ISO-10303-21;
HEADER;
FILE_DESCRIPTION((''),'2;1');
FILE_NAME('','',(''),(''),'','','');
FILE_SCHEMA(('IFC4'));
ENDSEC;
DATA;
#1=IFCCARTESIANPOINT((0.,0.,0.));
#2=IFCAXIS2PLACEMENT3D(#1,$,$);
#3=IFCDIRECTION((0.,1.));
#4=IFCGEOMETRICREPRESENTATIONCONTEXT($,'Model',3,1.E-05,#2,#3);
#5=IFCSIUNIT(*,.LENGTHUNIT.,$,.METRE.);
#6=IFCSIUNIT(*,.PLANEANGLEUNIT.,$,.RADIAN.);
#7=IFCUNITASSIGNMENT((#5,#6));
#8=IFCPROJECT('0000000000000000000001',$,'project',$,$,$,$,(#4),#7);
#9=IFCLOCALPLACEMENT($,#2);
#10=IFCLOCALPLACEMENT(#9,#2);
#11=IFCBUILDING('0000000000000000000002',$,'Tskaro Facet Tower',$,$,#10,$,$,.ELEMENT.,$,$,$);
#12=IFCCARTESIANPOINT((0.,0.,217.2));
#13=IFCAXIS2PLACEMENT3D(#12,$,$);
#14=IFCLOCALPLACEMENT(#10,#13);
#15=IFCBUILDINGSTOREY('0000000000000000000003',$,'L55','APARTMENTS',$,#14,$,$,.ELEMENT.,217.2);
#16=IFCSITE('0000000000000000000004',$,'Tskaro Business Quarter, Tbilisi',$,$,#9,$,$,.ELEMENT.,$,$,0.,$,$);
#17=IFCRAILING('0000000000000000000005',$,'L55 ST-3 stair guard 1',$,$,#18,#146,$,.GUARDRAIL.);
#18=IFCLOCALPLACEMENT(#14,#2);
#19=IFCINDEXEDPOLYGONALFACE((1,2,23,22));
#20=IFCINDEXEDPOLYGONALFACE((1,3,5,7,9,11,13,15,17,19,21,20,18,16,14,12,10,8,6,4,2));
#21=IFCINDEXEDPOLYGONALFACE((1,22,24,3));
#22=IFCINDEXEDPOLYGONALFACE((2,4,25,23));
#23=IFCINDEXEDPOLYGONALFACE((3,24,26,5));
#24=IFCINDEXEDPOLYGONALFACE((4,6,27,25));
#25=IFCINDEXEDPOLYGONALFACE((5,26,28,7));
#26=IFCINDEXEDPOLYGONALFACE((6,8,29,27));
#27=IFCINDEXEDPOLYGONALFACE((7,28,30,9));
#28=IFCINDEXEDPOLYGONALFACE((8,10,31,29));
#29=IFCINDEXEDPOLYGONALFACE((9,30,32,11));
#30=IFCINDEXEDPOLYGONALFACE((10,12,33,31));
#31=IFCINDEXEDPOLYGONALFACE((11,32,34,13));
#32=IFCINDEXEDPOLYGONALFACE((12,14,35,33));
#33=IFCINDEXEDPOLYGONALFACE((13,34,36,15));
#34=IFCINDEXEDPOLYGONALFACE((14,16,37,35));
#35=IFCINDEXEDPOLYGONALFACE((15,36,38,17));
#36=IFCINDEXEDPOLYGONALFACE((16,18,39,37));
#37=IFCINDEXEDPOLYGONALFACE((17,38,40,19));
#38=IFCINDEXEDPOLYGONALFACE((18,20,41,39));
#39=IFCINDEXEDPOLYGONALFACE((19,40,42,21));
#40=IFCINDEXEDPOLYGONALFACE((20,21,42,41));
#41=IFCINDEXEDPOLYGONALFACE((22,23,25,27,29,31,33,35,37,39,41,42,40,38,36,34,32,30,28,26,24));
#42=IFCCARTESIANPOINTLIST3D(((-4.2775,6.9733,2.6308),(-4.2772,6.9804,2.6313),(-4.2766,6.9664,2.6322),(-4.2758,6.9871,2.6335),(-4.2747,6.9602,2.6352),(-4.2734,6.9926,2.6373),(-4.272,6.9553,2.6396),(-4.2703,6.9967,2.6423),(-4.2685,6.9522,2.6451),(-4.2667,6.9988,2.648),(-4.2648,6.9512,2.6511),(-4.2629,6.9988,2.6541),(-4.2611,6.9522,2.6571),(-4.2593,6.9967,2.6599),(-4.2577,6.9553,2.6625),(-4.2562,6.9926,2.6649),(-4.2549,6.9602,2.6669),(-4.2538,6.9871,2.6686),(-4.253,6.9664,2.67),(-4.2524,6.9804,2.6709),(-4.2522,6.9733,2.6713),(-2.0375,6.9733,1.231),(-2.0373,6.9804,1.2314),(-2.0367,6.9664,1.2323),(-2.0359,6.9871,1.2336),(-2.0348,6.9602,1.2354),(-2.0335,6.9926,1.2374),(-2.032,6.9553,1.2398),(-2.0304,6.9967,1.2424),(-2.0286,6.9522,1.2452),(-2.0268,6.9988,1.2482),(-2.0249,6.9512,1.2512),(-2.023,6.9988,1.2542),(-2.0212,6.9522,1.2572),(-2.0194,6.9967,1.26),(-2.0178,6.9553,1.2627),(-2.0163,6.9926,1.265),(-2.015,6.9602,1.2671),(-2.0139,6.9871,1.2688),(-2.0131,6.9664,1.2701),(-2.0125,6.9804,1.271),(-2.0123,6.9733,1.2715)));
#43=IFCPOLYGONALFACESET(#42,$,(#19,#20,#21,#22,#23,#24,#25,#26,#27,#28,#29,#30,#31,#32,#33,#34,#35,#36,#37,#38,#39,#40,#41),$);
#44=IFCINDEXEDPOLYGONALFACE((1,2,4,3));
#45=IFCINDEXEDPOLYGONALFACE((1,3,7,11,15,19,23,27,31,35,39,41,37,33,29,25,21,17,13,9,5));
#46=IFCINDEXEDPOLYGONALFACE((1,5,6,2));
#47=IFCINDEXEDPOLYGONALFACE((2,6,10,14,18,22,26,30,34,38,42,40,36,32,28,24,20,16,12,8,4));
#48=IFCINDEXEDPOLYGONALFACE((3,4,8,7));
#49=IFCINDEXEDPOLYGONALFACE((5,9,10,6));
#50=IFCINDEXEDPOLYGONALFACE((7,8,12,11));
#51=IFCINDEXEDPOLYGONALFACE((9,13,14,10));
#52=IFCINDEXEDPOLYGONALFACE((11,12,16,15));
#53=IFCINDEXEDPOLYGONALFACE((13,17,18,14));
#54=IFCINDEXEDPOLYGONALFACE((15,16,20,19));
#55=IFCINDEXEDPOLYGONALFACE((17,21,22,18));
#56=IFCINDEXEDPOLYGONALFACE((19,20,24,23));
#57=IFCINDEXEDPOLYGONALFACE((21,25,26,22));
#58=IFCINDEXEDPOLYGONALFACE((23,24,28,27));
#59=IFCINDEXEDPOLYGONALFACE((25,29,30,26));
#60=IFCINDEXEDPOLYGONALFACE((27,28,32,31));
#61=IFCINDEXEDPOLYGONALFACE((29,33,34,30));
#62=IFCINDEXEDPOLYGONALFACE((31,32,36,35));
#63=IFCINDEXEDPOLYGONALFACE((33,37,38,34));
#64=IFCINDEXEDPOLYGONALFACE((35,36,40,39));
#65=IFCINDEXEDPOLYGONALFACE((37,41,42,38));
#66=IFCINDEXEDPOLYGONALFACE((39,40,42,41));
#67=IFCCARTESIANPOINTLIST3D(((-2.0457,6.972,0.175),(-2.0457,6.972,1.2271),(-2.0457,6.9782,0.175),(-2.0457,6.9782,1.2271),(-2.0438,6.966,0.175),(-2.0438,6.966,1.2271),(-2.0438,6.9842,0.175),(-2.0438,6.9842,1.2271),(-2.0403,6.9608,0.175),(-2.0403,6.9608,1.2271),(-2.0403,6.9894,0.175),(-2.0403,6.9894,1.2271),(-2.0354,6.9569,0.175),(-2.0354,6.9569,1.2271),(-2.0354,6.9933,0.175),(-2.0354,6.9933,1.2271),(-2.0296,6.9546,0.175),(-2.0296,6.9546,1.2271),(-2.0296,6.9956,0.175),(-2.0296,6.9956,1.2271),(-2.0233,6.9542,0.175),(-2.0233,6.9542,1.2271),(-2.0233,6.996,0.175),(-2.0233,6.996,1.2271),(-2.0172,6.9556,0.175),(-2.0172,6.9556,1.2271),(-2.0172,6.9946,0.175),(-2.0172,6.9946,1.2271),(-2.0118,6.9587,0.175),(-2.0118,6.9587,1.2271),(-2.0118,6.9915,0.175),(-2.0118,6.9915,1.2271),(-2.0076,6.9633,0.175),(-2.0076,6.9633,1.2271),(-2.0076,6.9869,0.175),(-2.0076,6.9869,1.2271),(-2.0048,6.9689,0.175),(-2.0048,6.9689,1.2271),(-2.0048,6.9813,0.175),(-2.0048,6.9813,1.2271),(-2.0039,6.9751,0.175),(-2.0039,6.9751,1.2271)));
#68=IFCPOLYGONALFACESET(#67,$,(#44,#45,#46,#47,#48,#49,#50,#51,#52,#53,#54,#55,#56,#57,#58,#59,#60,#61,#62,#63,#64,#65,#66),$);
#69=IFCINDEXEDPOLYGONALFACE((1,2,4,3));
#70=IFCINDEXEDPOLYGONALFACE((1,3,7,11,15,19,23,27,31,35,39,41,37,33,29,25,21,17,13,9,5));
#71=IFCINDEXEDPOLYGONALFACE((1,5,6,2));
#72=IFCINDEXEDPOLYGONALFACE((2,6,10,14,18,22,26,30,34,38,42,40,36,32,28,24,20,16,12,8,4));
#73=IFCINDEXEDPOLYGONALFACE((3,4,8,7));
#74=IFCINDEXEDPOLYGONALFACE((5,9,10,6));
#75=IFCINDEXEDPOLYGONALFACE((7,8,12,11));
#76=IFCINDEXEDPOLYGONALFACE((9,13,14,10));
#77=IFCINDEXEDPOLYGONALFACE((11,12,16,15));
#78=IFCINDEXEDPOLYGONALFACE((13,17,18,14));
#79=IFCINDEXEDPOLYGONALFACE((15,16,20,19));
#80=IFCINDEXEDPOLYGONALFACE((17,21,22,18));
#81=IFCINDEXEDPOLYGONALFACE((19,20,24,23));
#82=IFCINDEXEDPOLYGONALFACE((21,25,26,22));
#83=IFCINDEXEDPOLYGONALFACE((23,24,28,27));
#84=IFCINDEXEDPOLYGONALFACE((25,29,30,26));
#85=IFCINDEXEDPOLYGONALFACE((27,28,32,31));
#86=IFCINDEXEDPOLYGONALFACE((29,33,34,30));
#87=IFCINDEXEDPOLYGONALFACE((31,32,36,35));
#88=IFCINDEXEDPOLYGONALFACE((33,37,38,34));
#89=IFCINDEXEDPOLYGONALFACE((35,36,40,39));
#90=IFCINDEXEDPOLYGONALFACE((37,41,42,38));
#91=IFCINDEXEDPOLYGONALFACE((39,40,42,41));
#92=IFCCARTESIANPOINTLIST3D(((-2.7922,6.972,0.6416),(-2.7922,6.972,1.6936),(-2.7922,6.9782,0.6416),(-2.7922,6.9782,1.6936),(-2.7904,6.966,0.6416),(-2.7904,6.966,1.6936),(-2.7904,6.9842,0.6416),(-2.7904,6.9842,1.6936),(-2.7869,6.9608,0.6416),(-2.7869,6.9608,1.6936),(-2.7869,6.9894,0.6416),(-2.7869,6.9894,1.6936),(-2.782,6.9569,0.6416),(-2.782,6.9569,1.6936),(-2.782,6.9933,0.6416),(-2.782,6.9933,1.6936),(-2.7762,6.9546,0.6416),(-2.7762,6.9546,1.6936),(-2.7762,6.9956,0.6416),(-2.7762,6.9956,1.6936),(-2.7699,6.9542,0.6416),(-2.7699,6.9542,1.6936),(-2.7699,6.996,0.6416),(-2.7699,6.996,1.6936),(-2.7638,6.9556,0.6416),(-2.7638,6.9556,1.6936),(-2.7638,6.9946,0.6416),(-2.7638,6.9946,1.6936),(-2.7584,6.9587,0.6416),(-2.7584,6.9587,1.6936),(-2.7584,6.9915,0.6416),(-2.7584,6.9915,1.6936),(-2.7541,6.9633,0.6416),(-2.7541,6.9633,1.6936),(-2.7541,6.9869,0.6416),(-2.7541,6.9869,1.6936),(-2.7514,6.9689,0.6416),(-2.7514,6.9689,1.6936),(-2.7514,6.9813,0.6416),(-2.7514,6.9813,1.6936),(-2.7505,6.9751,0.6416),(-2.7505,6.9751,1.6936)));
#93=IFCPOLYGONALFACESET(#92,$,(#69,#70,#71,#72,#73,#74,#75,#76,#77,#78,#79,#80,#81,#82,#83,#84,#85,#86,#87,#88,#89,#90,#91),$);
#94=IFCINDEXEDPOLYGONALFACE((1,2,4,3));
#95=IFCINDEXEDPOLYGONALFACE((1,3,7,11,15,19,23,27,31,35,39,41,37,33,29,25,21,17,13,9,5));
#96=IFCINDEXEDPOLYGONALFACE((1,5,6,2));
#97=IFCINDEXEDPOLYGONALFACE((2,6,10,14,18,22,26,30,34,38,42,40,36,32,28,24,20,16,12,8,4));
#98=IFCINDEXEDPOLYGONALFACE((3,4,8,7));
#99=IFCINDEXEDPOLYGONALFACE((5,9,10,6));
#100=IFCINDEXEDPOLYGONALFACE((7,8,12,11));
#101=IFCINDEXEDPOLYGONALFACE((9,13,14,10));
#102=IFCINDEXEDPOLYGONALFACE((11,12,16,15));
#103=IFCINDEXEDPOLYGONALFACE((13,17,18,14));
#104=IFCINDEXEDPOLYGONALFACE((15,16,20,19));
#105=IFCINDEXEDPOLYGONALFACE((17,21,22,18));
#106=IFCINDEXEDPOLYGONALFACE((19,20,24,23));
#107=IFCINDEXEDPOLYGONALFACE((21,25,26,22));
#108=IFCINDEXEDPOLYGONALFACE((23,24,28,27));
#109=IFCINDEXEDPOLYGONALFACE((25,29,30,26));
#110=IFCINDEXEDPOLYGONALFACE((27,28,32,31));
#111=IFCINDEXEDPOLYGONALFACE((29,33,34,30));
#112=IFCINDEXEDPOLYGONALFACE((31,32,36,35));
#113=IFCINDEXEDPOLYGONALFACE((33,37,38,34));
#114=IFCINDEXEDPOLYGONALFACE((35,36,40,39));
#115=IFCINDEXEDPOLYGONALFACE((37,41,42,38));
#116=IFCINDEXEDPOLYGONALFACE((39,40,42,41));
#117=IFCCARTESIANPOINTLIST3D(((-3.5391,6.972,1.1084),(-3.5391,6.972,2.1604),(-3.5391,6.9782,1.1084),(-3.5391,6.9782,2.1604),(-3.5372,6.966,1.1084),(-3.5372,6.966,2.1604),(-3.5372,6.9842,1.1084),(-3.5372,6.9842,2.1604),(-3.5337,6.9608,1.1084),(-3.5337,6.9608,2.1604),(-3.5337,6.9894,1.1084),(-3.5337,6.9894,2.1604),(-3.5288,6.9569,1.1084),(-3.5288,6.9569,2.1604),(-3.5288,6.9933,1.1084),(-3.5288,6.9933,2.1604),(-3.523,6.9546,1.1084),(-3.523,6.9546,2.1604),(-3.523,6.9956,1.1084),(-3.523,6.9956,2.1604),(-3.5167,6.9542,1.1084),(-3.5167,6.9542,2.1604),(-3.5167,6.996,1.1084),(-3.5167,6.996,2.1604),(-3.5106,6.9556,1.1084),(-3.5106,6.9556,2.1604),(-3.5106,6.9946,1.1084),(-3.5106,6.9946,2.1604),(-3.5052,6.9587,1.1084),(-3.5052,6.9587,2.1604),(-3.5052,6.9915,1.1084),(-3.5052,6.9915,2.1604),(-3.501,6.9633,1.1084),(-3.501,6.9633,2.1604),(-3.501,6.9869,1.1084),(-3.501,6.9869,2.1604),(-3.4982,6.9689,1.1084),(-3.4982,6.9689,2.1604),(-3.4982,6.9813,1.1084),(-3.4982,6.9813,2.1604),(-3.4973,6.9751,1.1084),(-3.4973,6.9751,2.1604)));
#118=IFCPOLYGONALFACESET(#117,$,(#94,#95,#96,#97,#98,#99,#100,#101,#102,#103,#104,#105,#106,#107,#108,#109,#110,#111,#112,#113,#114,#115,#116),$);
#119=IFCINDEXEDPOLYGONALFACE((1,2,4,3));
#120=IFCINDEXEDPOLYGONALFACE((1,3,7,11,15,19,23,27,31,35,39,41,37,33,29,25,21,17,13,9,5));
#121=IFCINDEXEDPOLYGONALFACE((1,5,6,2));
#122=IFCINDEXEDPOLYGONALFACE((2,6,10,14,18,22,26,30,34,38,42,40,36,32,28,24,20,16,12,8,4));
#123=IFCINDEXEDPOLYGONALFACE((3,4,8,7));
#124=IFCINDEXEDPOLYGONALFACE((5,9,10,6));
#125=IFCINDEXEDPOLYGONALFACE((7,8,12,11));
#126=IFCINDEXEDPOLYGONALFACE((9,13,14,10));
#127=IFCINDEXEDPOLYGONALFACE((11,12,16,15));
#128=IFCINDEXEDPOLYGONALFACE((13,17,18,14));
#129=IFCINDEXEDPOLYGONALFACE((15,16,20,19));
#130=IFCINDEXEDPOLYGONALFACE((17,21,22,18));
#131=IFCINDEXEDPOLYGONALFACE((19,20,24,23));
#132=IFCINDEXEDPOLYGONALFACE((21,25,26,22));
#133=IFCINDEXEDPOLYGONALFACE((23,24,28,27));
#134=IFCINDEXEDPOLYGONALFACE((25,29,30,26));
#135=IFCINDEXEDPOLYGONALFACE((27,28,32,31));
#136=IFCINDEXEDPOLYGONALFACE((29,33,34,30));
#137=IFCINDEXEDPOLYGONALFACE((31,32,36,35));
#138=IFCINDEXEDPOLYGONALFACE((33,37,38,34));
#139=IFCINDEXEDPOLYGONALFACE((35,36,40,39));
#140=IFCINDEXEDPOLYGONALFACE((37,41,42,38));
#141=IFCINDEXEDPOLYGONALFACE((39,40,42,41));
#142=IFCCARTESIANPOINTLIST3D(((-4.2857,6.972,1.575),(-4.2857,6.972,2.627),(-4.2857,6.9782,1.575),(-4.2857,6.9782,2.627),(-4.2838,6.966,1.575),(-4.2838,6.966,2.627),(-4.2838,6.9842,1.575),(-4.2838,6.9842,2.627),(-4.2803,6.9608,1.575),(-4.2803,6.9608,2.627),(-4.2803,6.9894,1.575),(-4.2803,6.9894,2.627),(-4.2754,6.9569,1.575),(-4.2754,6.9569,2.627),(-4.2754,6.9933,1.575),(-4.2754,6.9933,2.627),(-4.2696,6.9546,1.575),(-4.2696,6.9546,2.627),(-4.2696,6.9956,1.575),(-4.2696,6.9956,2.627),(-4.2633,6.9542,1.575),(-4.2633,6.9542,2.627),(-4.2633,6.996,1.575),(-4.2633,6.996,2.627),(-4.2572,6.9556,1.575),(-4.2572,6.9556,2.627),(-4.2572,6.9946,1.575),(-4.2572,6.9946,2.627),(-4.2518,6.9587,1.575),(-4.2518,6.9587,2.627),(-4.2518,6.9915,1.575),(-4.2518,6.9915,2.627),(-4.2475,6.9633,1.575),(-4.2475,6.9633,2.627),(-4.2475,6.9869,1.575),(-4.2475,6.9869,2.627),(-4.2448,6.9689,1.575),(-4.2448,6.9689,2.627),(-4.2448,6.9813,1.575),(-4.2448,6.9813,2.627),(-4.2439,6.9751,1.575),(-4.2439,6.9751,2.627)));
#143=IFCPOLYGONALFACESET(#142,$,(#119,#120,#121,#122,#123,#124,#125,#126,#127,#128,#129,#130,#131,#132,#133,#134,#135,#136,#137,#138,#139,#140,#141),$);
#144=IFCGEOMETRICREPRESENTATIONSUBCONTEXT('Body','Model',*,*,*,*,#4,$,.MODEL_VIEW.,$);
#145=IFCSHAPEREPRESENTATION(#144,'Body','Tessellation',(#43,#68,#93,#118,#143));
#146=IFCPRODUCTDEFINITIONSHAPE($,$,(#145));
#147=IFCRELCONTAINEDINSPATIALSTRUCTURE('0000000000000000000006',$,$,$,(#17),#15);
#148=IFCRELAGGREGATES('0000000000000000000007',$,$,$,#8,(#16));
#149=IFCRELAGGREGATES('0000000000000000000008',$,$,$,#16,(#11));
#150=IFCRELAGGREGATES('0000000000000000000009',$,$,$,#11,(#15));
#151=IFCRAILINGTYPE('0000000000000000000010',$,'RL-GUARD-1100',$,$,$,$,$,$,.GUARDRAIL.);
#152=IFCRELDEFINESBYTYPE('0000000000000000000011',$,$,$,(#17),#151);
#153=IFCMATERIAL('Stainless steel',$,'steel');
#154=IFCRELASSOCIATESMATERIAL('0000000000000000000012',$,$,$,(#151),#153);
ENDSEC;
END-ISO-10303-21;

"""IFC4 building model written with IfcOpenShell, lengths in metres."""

from ifc_helpers import new_model, si_unit, direction, frame, origin, origin_2d, place, context, subcontext, project, spatial, circle, extrude, material, type_object, element, save


model = new_model("IFC4")

# Units and contexts
model_context = context("Model", 3, precision=1e-05, world=origin(), true_north=direction((0.0, 1.0)))
body_context = subcontext(model_context, "Body", "Model", "MODEL_VIEW")
ifc_project = project(units=[si_unit("LENGTHUNIT", "METRE"), si_unit("PLANEANGLEUNIT", "RADIAN")], contexts=[model_context])

# Site, building, storey
site_placement = place(None, origin())
site = spatial("IfcSite", under=ifc_project, at=site_placement, Name="Tskaro Business Quarter, Tbilisi", CompositionType="ELEMENT", RefElevation=0.0)
building_placement = place(site_placement, origin())
building = spatial("IfcBuilding", under=site, at=building_placement, Name="Tskaro Facet Tower", CompositionType="ELEMENT")
storey_placement = place(building_placement, frame((0.0, 0.0, 217.2)))
storey = spatial("IfcBuildingStorey", under=building, at=storey_placement, Name="L55", Description="APARTMENTS", CompositionType="ELEMENT", Elevation=217.2)

# Railing
ifc_material_1 = material(Name="Stainless steel", Category="steel")
railing_type_1 = type_object("IfcRailingType", Name="RL-GUARD-1100", PredefinedType="GUARDRAIL", material=ifc_material_1)
railing_1_placement = place(storey_placement, frame((-2.0249, 6.9751, 0.175)))
element("IfcRailing", 1, at=railing_1_placement, inside=storey, type_object=railing_type_1, Name="L55 ST-3 stair guard 1", PredefinedType="GUARDRAIL", context=body_context, shape_type="SweptSolid", body=[
    extrude(circle(Radius=0.0239, at=origin_2d()), frame((0.0, 0.0, 1.0762), z_axis=(-0.848014, 0.0, 0.529974), x_axis=(0.0, -1.0, 0.0)), (0.0, 0.0, 1.0), 2.6414),
    extrude(circle(Radius=0.021, at=origin_2d()), origin(), (0.0, 0.0, 1.0), 1.052),
    extrude(circle(Radius=0.021, at=origin_2d()), frame((-0.7466, 0.0, 0.4666)), (0.0, 0.0, 1.0), 1.052),
    extrude(circle(Radius=0.021, at=origin_2d()), frame((-1.4934, 0.0, 0.9333)), (0.0, 0.0, 1.0), 1.052),
    extrude(circle(Radius=0.021, at=origin_2d()), frame((-2.24, 0.0, 1.3999)), (0.0, 0.0, 1.0), 1.052),
])

save(model, "model.ifc")
